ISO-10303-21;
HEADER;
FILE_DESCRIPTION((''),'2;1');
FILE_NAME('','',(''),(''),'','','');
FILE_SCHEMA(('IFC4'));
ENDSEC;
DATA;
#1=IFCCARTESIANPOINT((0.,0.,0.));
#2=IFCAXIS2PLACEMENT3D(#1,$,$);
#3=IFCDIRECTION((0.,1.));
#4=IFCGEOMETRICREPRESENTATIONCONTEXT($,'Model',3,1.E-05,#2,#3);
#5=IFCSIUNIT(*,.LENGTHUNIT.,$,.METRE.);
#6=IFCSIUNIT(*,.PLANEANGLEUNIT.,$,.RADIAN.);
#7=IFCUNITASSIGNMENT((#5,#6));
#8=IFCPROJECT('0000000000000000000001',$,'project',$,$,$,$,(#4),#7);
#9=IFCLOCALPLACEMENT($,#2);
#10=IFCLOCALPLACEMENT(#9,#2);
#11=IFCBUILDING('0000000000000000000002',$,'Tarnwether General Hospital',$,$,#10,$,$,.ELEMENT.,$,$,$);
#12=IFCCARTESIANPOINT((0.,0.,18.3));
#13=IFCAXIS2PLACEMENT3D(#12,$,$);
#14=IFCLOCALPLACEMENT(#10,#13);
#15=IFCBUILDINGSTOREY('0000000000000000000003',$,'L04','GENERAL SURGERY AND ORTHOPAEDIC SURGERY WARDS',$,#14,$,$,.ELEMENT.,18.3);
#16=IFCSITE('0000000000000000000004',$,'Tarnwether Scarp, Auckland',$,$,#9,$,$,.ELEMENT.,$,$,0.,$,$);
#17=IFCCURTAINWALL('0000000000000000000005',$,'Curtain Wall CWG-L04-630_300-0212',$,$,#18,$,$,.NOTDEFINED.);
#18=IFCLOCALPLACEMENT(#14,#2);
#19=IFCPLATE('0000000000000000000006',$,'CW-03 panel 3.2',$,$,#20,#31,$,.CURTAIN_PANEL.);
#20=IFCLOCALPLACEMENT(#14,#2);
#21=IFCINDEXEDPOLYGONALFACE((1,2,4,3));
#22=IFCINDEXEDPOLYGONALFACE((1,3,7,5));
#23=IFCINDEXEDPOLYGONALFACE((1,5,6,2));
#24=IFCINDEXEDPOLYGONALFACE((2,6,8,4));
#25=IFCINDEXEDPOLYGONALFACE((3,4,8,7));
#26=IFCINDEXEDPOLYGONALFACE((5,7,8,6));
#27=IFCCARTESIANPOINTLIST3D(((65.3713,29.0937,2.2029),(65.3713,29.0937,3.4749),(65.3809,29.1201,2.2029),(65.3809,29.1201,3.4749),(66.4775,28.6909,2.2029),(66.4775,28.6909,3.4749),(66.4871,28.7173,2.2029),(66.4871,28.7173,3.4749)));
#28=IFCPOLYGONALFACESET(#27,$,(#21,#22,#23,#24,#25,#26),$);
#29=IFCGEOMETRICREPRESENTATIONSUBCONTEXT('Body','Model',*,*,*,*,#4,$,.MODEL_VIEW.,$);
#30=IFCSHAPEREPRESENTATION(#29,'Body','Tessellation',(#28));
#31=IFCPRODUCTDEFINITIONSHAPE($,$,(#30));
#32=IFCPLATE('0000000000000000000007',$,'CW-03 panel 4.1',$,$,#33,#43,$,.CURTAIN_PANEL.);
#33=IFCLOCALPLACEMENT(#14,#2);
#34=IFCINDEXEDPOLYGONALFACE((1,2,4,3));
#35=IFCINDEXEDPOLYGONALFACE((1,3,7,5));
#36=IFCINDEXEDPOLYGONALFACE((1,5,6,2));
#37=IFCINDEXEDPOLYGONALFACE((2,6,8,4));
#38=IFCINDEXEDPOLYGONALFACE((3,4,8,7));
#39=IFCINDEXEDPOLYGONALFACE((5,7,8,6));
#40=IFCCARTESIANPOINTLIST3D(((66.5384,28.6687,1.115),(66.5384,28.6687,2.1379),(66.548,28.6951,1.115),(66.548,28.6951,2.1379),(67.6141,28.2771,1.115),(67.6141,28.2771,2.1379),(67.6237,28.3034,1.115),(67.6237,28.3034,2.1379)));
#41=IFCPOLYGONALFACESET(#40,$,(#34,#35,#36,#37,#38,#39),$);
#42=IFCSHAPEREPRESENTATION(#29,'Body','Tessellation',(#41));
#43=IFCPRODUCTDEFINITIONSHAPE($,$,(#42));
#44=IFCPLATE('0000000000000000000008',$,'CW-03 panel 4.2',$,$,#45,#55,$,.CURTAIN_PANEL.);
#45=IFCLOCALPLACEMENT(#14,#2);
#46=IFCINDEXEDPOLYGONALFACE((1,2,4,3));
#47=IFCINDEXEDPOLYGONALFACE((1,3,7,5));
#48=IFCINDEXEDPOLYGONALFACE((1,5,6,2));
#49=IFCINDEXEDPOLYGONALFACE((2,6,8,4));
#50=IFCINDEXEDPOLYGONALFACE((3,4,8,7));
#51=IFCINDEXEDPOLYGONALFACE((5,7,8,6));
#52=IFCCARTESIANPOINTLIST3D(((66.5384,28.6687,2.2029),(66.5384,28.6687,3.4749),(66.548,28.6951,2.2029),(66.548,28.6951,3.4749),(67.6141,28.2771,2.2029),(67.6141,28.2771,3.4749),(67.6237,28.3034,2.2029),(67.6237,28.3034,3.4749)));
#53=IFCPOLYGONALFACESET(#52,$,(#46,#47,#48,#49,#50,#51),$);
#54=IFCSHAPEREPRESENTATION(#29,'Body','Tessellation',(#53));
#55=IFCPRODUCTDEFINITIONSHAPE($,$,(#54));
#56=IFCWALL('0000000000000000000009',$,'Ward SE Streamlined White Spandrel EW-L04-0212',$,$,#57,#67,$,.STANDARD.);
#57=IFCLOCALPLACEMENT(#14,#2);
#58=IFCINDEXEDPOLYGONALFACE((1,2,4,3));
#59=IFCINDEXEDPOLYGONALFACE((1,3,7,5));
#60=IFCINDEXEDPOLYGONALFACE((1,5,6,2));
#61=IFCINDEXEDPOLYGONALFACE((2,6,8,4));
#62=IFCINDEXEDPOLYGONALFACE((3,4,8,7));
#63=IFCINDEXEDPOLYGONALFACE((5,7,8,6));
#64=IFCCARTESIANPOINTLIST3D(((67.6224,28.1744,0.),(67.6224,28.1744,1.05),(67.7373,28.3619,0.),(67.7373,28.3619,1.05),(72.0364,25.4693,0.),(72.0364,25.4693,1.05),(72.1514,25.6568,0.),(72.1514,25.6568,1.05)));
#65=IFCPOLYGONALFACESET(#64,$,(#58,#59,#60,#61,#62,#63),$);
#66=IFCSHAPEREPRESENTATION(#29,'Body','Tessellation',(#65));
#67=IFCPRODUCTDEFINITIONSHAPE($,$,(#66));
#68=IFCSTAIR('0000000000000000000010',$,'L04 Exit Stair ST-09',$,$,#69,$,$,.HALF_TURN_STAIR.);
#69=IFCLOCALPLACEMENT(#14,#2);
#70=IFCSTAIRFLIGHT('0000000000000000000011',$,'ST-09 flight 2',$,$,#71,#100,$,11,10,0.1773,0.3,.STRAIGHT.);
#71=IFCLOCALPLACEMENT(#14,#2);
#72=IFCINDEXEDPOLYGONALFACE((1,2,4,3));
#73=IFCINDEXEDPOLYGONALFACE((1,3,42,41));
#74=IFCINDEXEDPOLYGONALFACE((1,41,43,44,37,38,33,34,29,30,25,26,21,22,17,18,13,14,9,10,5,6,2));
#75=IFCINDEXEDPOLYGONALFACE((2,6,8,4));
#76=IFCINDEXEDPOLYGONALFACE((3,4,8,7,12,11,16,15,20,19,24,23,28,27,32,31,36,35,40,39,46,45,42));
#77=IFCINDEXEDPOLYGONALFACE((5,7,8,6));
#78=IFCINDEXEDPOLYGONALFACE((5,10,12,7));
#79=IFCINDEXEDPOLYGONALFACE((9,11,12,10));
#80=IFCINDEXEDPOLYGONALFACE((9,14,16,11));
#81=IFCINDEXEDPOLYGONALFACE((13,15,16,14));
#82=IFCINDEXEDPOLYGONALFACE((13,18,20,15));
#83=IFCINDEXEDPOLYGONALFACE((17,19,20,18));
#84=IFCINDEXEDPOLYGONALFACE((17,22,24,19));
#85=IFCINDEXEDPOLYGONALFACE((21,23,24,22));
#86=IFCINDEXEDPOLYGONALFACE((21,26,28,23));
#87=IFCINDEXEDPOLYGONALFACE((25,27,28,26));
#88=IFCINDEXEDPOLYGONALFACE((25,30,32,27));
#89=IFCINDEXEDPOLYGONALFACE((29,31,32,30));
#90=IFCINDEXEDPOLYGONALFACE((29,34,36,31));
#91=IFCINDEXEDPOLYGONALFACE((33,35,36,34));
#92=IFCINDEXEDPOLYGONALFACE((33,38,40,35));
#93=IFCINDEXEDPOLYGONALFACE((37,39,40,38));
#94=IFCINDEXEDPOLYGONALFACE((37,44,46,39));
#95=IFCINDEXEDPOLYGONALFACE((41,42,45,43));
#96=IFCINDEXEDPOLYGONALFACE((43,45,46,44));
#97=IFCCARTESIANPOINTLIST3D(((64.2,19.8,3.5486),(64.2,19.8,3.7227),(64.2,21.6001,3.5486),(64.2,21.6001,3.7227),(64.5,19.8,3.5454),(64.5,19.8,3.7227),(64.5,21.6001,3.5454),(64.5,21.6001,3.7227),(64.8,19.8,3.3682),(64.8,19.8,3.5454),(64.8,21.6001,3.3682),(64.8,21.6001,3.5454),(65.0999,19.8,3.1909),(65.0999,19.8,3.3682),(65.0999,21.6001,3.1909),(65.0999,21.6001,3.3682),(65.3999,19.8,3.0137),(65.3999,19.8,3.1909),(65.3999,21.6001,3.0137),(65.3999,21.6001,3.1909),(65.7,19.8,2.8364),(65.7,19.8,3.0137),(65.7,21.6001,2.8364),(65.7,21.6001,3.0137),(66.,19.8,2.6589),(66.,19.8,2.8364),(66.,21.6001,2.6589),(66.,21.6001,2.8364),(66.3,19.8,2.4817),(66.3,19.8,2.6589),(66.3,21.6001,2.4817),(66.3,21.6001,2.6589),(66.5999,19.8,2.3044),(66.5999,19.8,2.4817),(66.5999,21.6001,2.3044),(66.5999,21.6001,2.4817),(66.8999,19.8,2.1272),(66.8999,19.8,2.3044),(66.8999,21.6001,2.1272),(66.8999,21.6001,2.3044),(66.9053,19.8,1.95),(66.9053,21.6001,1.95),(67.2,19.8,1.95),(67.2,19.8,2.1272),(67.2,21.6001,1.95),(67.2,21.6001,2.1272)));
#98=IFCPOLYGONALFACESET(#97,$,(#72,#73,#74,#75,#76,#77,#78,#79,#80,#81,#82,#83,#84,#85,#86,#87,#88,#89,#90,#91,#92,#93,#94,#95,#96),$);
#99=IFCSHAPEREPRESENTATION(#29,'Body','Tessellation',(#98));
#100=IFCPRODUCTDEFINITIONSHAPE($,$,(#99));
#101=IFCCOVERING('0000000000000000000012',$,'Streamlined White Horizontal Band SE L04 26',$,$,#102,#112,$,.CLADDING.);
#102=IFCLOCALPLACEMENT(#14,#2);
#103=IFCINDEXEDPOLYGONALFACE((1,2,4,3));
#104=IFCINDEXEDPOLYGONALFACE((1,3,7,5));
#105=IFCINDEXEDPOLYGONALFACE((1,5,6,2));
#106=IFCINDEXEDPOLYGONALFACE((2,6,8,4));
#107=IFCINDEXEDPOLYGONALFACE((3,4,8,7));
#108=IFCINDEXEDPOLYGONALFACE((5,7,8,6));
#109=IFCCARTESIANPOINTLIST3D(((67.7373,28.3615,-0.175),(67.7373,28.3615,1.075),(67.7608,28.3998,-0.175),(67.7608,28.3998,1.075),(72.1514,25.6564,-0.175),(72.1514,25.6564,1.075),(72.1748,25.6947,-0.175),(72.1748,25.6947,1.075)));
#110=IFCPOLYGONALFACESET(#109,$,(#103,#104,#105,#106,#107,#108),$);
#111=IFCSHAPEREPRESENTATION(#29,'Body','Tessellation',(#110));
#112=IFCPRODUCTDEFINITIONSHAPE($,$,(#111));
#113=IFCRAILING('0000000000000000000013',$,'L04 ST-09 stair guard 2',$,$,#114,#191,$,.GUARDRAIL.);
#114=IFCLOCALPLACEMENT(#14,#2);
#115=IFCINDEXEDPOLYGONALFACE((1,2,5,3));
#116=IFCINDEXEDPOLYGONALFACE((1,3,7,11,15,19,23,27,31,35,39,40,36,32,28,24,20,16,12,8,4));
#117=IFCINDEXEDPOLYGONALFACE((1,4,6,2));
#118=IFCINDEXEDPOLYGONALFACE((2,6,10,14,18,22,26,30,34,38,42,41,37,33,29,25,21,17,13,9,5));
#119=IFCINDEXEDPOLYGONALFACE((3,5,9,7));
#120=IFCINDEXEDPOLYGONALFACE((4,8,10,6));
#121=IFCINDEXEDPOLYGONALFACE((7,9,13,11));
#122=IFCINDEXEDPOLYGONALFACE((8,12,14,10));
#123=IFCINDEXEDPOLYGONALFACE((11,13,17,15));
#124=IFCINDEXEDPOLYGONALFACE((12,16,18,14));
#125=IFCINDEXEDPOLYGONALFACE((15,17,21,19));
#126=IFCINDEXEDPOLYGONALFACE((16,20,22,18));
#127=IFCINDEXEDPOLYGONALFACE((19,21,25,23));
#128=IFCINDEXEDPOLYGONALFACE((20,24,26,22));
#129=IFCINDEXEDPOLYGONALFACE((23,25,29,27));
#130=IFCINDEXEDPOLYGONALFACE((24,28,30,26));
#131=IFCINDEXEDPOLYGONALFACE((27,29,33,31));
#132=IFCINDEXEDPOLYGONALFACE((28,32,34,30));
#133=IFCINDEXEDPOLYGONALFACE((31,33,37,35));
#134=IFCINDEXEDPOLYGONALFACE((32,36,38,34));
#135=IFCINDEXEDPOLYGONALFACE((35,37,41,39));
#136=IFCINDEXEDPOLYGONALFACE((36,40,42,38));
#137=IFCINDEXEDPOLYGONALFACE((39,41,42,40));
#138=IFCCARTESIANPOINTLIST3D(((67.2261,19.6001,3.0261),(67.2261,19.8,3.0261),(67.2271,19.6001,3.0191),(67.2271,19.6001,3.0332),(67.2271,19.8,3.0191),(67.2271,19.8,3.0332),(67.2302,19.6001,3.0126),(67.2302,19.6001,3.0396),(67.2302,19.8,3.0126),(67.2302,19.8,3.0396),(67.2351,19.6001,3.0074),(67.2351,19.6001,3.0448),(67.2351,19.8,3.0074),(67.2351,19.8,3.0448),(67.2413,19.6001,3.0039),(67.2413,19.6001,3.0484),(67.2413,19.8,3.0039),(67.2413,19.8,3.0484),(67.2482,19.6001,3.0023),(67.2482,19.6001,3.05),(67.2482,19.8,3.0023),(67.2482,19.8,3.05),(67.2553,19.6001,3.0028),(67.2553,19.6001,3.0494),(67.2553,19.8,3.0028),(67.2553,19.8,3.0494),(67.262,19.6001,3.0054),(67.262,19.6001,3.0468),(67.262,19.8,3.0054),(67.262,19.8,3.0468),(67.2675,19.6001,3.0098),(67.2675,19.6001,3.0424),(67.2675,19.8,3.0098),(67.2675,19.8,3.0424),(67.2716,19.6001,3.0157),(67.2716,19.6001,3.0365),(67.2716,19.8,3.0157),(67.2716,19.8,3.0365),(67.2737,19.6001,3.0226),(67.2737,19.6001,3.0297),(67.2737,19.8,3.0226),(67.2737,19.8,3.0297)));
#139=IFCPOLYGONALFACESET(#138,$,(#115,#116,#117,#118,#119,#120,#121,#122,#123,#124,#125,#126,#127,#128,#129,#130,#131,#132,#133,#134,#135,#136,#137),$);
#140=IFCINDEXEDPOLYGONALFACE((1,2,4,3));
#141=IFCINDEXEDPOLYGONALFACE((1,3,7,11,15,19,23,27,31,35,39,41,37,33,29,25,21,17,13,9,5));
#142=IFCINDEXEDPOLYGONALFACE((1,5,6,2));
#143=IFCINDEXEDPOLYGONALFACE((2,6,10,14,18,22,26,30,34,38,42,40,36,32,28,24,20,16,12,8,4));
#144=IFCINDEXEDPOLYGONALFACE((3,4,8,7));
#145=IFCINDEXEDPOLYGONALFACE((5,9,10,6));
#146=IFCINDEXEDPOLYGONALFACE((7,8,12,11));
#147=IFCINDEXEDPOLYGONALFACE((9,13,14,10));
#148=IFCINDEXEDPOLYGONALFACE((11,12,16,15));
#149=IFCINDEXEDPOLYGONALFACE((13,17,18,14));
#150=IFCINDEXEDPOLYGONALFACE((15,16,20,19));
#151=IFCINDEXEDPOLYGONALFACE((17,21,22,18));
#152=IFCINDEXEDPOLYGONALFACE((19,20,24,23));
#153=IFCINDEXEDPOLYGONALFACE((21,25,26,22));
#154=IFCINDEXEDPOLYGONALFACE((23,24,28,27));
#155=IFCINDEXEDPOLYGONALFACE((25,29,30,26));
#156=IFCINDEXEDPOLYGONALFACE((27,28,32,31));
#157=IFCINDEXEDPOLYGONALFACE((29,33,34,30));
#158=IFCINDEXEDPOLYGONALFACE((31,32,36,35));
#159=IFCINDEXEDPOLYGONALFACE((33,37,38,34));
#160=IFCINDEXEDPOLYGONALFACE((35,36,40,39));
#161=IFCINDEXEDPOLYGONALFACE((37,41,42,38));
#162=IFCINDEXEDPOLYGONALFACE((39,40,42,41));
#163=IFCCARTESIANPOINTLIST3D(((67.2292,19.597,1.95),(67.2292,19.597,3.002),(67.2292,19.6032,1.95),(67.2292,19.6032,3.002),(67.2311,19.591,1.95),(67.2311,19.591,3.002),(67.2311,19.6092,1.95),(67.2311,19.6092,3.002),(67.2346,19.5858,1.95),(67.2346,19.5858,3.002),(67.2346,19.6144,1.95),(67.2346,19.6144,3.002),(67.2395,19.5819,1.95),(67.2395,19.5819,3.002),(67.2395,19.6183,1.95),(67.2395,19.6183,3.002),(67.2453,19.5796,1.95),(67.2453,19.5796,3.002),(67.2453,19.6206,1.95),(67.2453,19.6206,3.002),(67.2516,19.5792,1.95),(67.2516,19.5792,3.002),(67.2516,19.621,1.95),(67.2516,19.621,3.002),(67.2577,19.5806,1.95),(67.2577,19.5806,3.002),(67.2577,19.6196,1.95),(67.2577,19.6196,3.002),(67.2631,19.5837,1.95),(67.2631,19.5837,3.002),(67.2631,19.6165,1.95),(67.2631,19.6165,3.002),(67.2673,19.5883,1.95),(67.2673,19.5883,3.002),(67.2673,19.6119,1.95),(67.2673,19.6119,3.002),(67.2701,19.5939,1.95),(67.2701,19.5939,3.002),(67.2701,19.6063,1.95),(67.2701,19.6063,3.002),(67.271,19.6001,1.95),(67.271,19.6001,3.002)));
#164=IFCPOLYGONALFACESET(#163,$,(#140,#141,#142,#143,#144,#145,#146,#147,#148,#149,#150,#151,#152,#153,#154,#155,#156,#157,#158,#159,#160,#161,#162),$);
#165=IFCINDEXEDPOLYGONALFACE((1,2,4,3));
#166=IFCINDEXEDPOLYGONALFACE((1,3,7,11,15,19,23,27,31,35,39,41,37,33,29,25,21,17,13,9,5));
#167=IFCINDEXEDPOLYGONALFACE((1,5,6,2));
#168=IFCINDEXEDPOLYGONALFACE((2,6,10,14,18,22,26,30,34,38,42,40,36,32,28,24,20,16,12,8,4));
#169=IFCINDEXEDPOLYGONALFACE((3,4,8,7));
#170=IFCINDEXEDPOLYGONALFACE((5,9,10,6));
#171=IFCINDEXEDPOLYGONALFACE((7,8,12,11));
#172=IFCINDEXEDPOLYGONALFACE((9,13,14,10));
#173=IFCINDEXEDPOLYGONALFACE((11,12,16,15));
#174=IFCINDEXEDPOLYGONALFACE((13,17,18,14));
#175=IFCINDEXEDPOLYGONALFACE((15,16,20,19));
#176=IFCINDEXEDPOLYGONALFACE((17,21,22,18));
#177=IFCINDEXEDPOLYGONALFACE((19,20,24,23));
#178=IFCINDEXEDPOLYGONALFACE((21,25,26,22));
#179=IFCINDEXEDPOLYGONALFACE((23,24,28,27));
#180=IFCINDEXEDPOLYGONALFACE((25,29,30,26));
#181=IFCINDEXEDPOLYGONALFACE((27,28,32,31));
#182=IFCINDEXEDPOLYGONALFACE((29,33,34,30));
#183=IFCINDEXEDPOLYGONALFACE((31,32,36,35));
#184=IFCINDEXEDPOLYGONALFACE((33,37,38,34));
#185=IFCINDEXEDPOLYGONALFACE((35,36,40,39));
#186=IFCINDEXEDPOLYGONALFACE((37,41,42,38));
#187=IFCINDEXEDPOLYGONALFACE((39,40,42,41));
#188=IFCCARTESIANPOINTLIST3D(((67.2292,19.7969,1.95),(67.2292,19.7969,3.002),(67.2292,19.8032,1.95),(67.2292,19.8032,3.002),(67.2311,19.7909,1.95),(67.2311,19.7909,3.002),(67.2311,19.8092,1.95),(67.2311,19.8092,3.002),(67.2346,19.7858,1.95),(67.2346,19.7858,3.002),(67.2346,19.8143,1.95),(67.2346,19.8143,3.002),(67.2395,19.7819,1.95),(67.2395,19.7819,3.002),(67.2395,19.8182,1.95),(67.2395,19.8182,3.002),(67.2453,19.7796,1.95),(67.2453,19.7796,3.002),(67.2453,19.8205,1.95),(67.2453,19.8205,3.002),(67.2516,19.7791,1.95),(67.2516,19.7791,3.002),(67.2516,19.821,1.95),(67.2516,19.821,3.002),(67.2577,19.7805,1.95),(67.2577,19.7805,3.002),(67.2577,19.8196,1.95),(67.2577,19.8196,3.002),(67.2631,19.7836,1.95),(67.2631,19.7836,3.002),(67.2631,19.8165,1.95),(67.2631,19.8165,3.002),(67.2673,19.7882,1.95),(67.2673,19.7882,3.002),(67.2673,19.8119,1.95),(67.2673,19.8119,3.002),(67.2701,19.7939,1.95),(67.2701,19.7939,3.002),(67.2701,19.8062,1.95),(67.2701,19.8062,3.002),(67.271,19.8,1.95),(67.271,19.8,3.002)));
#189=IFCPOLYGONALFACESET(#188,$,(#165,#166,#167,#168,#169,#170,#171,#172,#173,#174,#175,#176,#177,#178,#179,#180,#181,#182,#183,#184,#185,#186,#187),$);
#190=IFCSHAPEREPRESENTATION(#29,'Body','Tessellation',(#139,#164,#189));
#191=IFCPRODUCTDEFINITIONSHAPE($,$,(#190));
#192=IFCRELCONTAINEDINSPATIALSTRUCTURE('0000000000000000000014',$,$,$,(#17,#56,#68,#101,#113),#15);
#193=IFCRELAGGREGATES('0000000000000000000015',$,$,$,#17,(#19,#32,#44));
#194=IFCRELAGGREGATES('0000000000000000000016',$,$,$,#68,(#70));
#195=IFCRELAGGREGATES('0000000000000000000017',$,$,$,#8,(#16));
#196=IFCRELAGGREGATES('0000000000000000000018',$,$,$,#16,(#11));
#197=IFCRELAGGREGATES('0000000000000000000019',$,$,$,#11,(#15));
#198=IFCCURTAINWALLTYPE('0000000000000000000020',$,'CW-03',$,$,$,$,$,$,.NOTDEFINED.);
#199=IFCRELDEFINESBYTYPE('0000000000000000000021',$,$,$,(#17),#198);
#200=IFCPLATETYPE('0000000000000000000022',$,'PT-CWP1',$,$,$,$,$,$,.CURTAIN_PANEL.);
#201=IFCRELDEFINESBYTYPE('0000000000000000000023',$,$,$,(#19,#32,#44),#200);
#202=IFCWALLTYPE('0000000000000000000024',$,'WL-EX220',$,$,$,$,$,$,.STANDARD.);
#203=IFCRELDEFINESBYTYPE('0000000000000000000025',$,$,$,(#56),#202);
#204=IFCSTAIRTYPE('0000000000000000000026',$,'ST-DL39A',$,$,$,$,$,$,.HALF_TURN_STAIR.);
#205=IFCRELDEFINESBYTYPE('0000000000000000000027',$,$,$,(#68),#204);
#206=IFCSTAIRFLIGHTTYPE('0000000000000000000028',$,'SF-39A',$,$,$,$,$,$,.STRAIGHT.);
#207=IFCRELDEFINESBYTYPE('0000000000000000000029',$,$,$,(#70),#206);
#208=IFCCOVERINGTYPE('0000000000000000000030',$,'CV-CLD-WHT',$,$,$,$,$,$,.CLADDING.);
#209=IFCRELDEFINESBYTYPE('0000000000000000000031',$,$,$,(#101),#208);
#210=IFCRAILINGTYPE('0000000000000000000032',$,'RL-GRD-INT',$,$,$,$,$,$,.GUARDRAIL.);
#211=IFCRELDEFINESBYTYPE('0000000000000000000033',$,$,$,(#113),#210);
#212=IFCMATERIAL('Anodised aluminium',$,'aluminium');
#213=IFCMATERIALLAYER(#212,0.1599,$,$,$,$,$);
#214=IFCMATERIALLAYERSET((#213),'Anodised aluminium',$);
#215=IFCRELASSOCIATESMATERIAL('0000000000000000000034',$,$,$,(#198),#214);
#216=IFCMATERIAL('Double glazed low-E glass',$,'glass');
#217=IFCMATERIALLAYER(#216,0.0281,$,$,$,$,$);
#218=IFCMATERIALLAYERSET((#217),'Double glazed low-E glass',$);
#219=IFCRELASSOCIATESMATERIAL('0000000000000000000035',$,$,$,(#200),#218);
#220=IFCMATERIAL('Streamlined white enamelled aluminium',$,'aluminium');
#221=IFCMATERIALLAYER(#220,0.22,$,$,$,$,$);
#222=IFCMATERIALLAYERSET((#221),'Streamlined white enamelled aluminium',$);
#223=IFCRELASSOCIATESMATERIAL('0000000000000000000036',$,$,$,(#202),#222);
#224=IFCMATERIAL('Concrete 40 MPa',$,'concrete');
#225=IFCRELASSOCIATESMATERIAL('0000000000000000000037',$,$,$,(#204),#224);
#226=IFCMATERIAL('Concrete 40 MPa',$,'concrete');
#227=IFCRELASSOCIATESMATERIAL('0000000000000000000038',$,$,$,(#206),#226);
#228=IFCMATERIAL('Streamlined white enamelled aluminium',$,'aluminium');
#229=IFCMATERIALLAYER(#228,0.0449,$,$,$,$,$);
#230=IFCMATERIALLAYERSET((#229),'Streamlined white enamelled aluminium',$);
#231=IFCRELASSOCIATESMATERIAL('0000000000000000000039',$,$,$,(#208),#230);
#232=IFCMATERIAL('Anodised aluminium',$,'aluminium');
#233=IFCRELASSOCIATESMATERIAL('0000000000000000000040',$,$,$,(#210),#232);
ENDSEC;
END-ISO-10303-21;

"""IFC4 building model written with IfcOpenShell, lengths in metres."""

from ifc_helpers import new_model, si_unit, direction, frame, frame_2d, origin, origin_2d, place, context, subcontext, project, spatial, polyline, rectangle, circle, outline, extrude, material, layer, layer_set, type_object, element, aggregate, save


model = new_model("IFC4")

# Units and contexts
model_context = context("Model", 3, precision=1e-05, world=origin(), true_north=direction((0.0, 1.0)))
body_context = subcontext(model_context, "Body", "Model", "MODEL_VIEW")
ifc_project = project(units=[si_unit("LENGTHUNIT", "METRE"), si_unit("PLANEANGLEUNIT", "RADIAN")], contexts=[model_context])

# Site, building, storey
site_placement = place(None, origin())
site = spatial("IfcSite", under=ifc_project, at=site_placement, Name="Tarnwether Scarp, Auckland", CompositionType="ELEMENT", RefElevation=0.0)
building_placement = place(site_placement, origin())
building = spatial("IfcBuilding", under=site, at=building_placement, Name="Tarnwether General Hospital", CompositionType="ELEMENT")
storey_placement = place(building_placement, frame((0.0, 0.0, 18.3)))
storey = spatial("IfcBuildingStorey", under=building, at=storey_placement, Name="L04", Description="GENERAL SURGERY AND ORTHOPAEDIC SURGERY WARDS", CompositionType="ELEMENT", Elevation=18.3)

# Curtain wall
ifc_material_1 = material(Name="Anodised aluminium", Category="aluminium")
ifc_layer_1 = layer(ifc_material_1, 0.1599)
ifc_layer_set_1 = layer_set([ifc_layer_1], Name="Anodised aluminium")
curtain_wall_type = type_object("IfcCurtainWallType", Name="CW-03", PredefinedType="NOTDEFINED", material=ifc_layer_set_1)
curtain_wall_1_placement = place(storey_placement, origin())
curtain_wall_1 = element("IfcCurtainWall", 1, at=curtain_wall_1_placement, inside=storey, type_object=curtain_wall_type, Name="Curtain Wall CWG-L04-630_300-0212", PredefinedType="NOTDEFINED")

# Plates
ifc_material_2 = material(Name="Double glazed low-E glass", Category="glass")
ifc_layer_2 = layer(ifc_material_2, 0.0281)
ifc_layer_set_2 = layer_set([ifc_layer_2], Name="Double glazed low-E glass")
plate_type = type_object("IfcPlateType", Name="PT-CWP1", PredefinedType="CURTAIN_PANEL", material=ifc_layer_set_2)
plate_1_placement = place(storey_placement, frame((65.9292, 28.9055, 2.2029), z_axis=(0.0, 0.0, 1.0), x_axis=(0.939652, -0.342131, 0.0)))
plate_1 = element("IfcPlate", 2, at=plate_1_placement, type_object=plate_type, Name="CW-03 panel 3.2", PredefinedType="CURTAIN_PANEL", context=body_context, shape_type="SweptSolid", body=[
    extrude(rectangle(XDim=1.1772, YDim=0.0281, at=origin_2d()), origin(), (0.0, 0.0, 1.0), 1.272),
])
plate_2_placement = place(storey_placement, frame((67.0811, 28.4861, 1.115), z_axis=(0.0, 0.0, 1.0), x_axis=(0.939652, -0.342131, 0.0)))
plate_2 = element("IfcPlate", 3, at=plate_2_placement, type_object=plate_type, Name="CW-03 panel 4.1", PredefinedType="CURTAIN_PANEL", context=body_context, shape_type="SweptSolid", body=[
    extrude(rectangle(XDim=1.1448, YDim=0.0281, at=origin_2d()), origin(), (0.0, 0.0, 1.0), 1.0229),
])
plate_3_placement = place(storey_placement, frame((67.0811, 28.4861, 2.2029), z_axis=(0.0, 0.0, 1.0), x_axis=(0.939652, -0.342131, 0.0)))
plate_3 = element("IfcPlate", 4, at=plate_3_placement, type_object=plate_type, Name="CW-03 panel 4.2", PredefinedType="CURTAIN_PANEL", context=body_context, shape_type="SweptSolid", body=[
    extrude(rectangle(XDim=1.1448, YDim=0.0281, at=origin_2d()), origin(), (0.0, 0.0, 1.0), 1.272),
])
aggregate(curtain_wall_1, [plate_1, plate_2, plate_3])

# Wall
ifc_material_3 = material(Name="Streamlined white enamelled aluminium", Category="aluminium")
ifc_layer_3 = layer(ifc_material_3, 0.22)
ifc_layer_set_3 = layer_set([ifc_layer_3], Name="Streamlined white enamelled aluminium")
wall_type = type_object("IfcWallType", Name="WL-EX220", PredefinedType="STANDARD", material=ifc_layer_set_3)
wall_placement = place(storey_placement, frame((67.6799, 28.2681, 0.0), z_axis=(0.0, 0.0, 1.0), x_axis=(0.852628, -0.522518, 0.0)))
element("IfcWall", 5, at=wall_placement, inside=storey, type_object=wall_type, Name="Ward SE Streamlined White Spandrel EW-L04-0212", PredefinedType="STANDARD", context=body_context, shape_type="SweptSolid", body=[
    extrude(rectangle(XDim=5.177, YDim=0.22, at=frame_2d((2.5884, 0.0))), origin(), (0.0, 0.0, 1.0), 1.05),
])

# Stair, stair flight
ifc_material_4 = material(Name="Concrete 40 MPa", Category="concrete")
stair_type = type_object("IfcStairType", Name="ST-DL39A", PredefinedType="HALF_TURN_STAIR", material=ifc_material_4)
stair_placement = place(storey_placement, origin())
stair = element("IfcStair", 6, at=stair_placement, inside=storey, type_object=stair_type, Name="L04 Exit Stair ST-09", PredefinedType="HALF_TURN_STAIR")
ifc_material_5 = material(Name="Concrete 40 MPa", Category="concrete")
stair_flight_type = type_object("IfcStairFlightType", Name="SF-39A", PredefinedType="STRAIGHT", material=ifc_material_5)
stair_flight_placement = place(storey_placement, frame((67.2, 20.7, 1.95), z_axis=(0.0, 0.0, 1.0), x_axis=(-1.0, 0.0, 0.0)))
stair_flight = element("IfcStairFlight", 7, at=stair_flight_placement, type_object=stair_flight_type, Name="ST-09 flight 2", NumberOfRisers=11, NumberOfTreads=10, PredefinedType="STRAIGHT", RiserHeight=0.1773, TreadLength=0.3, context=body_context, shape_type="SweptSolid", body=[
    extrude(outline(polyline([(0.0, 0.0), (0.0, 0.1772), (0.3, 0.1772), (0.3, 0.3545), (0.6001, 0.3545), (0.6001, 0.5317), (0.8999, 0.5317), (0.8999, 0.709), (1.2, 0.709), (1.2, 0.8865), (1.5, 0.8865), (1.5, 1.0637), (1.8, 1.0637), (1.8, 1.241), (2.1001, 1.241), (2.1001, 1.4182), (2.3999, 1.4182), (2.3999, 1.5955), (2.7, 1.5955), (2.7, 1.7727), (3.0, 1.7727), (3.0, 1.95), (3.0, 1.5986), (0.2947, 0.0), (0.0, 0.0)])), frame((0.0, 0.8999, 0.0), z_axis=(0.0, -1.0, 0.0), x_axis=(1.0, 0.0, 0.0)), (0.0, 0.0, 1.0), 1.8),
])
aggregate(stair, [stair_flight])

# Covering
ifc_material_6 = material(Name="Streamlined white enamelled aluminium", Category="aluminium")
ifc_layer_4 = layer(ifc_material_6, 0.0449)
ifc_layer_set_4 = layer_set([ifc_layer_4], Name="Streamlined white enamelled aluminium")
covering_type = type_object("IfcCoveringType", Name="CV-CLD-WHT", PredefinedType="CLADDING", material=ifc_layer_set_4)
covering_placement = place(storey_placement, frame((69.9561, 27.0281, -0.175), z_axis=(0.0, 0.0, 1.0), x_axis=(0.852631, -0.522513, 0.0)))
element("IfcCovering", 8, at=covering_placement, inside=storey, type_object=covering_type, Name="Streamlined White Horizontal Band SE L04 26", PredefinedType="CLADDING", context=body_context, shape_type="SweptSolid", body=[
    extrude(rectangle(XDim=5.177, YDim=0.0449, at=origin_2d()), origin(), (0.0, 0.0, 1.0), 1.25),
])

# Railing
ifc_material_7 = material(Name="Anodised aluminium", Category="aluminium")
railing_type_1 = type_object("IfcRailingType", Name="RL-GRD-INT", PredefinedType="GUARDRAIL", material=ifc_material_7)
railing_1_placement = place(storey_placement, frame((67.25, 19.6001, 1.95)))
element("IfcRailing", 9, at=railing_1_placement, inside=storey, type_object=railing_type_1, Name="L04 ST-09 stair guard 2", PredefinedType="GUARDRAIL", context=body_context, shape_type="SweptSolid", body=[
    extrude(circle(Radius=0.0239, at=origin_2d()), frame((0.0, 0.0, 1.0762), z_axis=(0.0, 1.0, 0.0), x_axis=(-1.0, 0.0, 0.0)), (0.0, 0.0, 1.0), 0.2),
    extrude(circle(Radius=0.021, at=origin_2d()), origin(), (0.0, 0.0, 1.0), 1.052),
    extrude(circle(Radius=0.021, at=origin_2d()), frame((0.0, 0.2, 0.0)), (0.0, 0.0, 1.0), 1.052),
])

save(model, "model.ifc")
